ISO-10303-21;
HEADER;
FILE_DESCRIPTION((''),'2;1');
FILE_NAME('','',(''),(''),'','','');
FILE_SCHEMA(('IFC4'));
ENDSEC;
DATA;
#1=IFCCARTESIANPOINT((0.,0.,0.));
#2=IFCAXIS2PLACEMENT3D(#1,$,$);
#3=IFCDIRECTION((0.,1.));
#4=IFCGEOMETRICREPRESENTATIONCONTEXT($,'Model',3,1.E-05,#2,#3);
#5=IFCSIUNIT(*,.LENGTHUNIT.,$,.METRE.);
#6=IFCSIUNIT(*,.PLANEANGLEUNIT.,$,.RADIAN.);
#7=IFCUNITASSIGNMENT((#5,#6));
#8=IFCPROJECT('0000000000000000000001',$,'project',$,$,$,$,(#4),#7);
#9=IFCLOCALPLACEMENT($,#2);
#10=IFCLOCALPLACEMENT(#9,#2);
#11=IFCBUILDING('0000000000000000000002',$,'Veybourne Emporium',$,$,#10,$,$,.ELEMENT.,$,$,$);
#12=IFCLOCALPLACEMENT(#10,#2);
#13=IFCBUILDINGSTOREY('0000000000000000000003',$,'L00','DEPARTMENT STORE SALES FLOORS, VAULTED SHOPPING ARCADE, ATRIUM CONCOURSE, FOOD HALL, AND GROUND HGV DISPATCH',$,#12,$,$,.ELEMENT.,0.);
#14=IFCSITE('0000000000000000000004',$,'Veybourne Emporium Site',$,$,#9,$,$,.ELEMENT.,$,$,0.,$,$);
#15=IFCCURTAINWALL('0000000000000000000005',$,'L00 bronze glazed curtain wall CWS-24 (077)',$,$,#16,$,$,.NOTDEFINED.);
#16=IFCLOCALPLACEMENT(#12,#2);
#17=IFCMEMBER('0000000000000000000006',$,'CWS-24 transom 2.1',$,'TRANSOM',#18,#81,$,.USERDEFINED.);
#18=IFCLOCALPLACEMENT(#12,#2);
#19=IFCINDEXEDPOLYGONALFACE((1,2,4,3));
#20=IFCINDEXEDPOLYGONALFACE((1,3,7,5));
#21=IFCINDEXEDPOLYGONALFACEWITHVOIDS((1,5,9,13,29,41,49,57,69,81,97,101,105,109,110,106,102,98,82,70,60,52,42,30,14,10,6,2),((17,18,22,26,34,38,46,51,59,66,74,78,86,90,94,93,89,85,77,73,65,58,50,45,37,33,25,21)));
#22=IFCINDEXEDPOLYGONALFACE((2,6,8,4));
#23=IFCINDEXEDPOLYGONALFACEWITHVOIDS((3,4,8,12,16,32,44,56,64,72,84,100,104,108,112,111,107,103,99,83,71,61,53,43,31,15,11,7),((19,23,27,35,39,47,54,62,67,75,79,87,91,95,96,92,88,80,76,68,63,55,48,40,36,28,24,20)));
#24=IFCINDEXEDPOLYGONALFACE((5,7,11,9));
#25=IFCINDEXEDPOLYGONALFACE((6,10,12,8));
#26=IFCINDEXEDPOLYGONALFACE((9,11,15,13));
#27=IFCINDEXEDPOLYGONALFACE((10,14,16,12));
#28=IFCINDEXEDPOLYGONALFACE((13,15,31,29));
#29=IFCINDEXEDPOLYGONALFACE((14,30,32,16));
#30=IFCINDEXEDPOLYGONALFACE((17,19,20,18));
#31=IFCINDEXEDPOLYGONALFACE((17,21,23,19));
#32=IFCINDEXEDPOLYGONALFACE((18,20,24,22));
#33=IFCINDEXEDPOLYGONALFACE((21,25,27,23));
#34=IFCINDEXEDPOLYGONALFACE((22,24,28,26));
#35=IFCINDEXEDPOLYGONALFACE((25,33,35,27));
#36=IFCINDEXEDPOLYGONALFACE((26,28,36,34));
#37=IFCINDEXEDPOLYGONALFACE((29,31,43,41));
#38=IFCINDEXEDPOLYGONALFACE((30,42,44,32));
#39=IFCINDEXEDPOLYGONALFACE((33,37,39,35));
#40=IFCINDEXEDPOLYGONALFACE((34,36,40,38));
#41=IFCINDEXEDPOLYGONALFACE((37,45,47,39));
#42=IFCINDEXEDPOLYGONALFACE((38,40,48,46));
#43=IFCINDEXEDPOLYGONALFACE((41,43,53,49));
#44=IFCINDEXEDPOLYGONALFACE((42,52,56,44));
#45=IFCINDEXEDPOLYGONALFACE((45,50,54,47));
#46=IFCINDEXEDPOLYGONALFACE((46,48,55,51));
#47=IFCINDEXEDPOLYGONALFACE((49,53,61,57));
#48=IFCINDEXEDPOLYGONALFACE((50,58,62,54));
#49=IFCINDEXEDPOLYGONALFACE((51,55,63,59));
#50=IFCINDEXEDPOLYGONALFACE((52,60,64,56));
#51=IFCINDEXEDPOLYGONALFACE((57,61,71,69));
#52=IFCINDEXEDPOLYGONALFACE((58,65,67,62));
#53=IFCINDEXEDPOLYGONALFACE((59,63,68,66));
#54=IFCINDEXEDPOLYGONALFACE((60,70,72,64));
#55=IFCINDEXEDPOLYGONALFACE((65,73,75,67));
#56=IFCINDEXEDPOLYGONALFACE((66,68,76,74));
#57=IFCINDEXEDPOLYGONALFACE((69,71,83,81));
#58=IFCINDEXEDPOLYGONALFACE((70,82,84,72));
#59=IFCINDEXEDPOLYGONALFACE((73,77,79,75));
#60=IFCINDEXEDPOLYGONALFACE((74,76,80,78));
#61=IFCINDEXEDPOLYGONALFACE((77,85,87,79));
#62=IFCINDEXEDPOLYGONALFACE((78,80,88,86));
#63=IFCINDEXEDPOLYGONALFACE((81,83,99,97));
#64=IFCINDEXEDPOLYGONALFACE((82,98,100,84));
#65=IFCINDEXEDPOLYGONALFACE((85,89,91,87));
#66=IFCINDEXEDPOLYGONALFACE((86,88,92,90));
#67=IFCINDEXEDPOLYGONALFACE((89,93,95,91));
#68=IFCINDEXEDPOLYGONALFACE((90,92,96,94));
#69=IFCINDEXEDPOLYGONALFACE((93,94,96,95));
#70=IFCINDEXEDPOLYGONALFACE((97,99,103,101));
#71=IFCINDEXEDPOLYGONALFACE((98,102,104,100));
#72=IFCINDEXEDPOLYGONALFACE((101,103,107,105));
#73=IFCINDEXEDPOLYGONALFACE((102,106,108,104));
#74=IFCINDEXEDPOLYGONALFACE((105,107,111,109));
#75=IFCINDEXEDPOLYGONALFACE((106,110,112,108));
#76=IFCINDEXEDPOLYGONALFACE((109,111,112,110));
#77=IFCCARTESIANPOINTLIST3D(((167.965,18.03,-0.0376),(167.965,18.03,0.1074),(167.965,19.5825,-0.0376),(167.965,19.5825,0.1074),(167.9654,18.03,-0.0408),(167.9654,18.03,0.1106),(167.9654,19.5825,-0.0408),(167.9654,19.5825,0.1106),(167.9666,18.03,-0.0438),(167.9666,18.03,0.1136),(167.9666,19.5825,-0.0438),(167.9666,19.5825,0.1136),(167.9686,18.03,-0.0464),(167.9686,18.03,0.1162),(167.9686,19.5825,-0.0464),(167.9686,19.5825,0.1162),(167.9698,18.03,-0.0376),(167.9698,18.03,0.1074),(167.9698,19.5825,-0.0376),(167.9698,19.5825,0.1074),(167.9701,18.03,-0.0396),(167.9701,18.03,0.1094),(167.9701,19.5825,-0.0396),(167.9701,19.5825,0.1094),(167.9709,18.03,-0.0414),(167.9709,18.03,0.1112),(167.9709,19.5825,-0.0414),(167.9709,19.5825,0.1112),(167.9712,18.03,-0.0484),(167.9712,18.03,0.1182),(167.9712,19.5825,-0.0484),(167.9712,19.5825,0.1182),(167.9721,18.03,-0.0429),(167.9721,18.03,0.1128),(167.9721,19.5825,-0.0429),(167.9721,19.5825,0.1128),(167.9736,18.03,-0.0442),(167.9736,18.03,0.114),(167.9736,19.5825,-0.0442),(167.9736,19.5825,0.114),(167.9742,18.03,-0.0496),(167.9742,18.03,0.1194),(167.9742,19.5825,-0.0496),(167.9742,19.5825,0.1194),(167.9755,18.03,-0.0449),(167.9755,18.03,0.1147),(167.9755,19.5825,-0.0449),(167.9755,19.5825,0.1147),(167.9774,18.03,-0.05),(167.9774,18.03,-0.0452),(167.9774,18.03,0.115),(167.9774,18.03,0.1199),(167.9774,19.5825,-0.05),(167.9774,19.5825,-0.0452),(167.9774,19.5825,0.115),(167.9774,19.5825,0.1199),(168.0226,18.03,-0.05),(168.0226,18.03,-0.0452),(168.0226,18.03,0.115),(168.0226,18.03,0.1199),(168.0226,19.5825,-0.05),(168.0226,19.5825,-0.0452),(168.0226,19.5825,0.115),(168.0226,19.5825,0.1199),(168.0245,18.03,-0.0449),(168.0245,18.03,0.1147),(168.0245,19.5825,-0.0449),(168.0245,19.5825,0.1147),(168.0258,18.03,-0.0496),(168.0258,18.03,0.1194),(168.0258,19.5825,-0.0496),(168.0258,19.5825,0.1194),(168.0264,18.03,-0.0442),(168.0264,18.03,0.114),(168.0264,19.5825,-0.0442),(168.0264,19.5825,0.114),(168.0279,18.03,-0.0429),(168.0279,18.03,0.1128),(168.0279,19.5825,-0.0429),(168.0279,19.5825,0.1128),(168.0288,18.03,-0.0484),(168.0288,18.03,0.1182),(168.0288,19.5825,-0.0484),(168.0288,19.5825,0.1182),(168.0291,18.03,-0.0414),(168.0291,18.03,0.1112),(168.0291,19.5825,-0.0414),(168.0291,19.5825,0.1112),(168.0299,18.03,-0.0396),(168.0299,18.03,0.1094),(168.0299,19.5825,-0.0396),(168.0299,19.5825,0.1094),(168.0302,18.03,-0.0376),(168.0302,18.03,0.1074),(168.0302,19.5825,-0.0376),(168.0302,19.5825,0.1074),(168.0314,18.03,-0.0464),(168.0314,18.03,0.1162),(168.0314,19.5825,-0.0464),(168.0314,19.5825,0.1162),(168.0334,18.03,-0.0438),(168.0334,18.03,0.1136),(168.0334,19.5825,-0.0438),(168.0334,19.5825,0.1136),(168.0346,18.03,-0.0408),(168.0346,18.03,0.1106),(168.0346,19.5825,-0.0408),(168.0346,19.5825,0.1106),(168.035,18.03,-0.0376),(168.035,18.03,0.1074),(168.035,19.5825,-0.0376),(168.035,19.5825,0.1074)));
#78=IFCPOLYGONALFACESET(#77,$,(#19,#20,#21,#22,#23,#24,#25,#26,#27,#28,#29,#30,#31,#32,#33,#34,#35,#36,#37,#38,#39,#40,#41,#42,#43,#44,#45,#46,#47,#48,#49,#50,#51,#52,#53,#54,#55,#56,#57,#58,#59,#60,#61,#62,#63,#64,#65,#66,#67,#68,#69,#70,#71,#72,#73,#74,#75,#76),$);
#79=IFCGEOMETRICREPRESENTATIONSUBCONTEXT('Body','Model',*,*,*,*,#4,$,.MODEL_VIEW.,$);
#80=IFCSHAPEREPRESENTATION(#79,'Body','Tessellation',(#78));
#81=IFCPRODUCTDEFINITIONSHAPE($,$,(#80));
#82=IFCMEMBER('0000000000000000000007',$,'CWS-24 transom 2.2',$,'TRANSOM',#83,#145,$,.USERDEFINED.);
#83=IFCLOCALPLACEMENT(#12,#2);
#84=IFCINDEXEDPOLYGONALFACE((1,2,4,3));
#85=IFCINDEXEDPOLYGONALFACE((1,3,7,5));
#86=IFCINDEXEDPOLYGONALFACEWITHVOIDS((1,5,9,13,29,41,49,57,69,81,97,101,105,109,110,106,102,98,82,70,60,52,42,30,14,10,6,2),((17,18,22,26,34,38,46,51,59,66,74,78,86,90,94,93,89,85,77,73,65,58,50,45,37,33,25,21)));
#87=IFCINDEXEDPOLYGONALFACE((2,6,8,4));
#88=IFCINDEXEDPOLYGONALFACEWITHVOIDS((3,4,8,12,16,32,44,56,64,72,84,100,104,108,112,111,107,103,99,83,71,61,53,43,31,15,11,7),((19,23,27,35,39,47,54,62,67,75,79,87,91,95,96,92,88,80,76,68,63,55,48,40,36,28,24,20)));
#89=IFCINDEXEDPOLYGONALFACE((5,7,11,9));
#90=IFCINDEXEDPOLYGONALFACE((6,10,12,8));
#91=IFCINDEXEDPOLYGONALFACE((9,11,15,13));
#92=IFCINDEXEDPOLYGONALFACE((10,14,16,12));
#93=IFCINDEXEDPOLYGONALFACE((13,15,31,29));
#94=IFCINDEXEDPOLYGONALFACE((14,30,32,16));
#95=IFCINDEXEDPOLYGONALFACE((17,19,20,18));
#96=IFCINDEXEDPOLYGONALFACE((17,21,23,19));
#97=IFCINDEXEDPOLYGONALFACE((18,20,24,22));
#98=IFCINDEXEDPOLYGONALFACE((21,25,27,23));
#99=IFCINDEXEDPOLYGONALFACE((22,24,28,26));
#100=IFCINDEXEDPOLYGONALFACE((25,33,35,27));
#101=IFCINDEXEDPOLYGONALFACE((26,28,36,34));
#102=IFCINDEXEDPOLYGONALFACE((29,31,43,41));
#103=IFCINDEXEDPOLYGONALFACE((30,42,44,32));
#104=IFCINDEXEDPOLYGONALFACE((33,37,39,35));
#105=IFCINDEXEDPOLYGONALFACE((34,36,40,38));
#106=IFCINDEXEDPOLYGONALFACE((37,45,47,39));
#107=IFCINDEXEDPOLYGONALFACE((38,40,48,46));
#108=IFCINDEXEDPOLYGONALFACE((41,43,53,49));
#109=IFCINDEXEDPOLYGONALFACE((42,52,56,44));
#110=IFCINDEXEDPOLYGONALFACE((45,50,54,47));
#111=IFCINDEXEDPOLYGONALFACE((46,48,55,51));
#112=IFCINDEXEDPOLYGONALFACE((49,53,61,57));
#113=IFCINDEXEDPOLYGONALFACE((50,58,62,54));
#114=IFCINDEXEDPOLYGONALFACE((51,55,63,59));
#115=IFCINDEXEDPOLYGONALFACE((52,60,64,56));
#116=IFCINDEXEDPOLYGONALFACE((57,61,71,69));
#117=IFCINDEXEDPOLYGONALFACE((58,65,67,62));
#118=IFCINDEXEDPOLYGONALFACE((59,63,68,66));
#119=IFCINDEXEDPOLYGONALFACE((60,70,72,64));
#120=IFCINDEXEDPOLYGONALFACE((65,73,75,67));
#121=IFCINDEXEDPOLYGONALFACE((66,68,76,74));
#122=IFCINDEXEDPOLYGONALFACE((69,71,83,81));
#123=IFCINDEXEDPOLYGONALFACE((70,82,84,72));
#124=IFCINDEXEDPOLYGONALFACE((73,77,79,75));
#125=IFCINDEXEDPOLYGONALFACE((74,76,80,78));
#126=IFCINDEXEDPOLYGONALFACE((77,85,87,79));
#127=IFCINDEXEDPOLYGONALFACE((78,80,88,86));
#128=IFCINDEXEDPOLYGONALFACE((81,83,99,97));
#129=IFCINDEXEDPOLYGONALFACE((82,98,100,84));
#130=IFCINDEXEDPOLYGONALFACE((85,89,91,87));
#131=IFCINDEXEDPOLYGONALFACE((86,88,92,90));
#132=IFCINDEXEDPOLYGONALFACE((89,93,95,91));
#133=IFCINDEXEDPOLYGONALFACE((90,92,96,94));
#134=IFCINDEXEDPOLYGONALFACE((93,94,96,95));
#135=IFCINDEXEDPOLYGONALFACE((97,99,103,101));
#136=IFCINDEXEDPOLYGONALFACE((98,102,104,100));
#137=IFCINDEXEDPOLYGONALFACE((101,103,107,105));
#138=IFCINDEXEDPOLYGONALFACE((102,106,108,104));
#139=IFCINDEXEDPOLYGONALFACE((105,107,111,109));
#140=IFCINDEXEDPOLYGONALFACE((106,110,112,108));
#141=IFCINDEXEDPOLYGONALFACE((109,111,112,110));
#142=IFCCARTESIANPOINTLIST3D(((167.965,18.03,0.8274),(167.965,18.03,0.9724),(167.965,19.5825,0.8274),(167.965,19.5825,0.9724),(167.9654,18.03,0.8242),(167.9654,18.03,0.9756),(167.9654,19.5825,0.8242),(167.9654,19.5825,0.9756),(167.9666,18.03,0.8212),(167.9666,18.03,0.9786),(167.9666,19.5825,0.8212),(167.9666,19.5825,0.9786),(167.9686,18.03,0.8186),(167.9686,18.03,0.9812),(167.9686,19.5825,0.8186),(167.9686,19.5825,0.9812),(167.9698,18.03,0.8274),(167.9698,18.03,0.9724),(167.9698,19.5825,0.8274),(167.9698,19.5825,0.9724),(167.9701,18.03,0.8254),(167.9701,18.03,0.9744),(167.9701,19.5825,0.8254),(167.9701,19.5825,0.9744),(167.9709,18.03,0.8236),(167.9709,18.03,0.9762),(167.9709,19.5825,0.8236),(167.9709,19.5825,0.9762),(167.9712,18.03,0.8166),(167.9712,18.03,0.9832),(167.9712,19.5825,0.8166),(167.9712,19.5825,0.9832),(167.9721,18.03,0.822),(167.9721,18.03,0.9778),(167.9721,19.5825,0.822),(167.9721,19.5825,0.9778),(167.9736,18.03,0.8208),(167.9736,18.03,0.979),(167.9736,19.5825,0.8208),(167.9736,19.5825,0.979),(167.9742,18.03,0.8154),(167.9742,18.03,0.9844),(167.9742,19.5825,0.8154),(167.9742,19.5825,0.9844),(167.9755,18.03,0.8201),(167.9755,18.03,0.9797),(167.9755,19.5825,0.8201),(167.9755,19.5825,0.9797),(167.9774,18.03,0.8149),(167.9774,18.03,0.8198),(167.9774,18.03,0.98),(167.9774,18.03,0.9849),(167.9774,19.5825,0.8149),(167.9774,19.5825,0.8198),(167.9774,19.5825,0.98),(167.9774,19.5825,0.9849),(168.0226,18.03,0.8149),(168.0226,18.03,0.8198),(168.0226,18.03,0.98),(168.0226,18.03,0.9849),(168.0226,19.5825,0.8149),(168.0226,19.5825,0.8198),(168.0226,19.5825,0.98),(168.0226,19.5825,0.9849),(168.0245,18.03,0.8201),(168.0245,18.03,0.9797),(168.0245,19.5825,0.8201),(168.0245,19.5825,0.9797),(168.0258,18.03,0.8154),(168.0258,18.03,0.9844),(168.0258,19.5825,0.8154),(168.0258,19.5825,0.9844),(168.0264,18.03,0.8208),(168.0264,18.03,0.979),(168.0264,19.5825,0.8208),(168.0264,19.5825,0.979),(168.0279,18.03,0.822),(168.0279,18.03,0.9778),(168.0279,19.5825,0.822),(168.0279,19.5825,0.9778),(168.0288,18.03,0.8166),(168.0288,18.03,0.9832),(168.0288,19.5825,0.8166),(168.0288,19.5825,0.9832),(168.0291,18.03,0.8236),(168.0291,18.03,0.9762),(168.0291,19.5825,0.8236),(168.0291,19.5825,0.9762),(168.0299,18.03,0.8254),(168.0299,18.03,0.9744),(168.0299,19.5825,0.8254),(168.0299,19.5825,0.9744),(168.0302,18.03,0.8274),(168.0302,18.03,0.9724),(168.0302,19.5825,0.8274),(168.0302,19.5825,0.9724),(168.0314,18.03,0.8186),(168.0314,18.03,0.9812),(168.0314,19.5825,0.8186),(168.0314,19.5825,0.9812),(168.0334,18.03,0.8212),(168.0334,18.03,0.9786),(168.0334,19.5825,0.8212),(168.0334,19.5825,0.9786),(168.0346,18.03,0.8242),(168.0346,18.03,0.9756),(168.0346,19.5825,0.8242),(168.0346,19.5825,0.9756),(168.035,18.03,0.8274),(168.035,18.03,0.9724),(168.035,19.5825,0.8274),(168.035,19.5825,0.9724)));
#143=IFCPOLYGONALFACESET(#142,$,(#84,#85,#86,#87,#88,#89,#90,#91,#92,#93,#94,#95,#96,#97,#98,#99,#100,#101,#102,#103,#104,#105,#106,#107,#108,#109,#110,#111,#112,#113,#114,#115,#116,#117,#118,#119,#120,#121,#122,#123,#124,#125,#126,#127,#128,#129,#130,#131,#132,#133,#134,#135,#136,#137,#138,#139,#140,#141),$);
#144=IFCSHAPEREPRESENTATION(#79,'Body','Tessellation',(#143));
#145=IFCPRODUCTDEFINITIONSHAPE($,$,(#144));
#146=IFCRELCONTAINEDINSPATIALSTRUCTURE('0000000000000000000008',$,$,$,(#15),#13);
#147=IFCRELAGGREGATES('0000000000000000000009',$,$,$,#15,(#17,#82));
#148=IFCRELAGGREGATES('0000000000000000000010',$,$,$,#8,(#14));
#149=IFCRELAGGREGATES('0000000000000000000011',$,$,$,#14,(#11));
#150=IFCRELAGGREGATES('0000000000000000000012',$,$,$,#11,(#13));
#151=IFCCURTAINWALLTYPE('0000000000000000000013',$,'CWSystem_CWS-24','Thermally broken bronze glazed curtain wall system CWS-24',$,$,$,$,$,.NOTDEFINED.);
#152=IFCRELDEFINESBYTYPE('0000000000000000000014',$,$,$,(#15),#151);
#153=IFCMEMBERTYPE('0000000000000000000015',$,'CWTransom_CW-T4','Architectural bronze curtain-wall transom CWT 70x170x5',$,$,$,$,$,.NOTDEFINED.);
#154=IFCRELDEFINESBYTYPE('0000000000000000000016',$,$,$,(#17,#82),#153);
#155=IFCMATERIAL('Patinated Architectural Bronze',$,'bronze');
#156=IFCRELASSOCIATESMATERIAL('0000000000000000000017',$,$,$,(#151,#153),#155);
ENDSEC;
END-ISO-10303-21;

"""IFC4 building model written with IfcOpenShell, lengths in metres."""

from ifc_helpers import new_model, si_unit, direction, frame, origin, origin_2d, place, context, subcontext, project, spatial, hollow_rectangle, extrude, material, material_profile, profile_set, type_object, element, aggregate, save


model = new_model("IFC4")

# Units and contexts
model_context = context("Model", 3, precision=1e-05, world=origin(), true_north=direction((0.0, 1.0)))
body_context = subcontext(model_context, "Body", "Model", "MODEL_VIEW")
ifc_project = project(units=[si_unit("LENGTHUNIT", "METRE"), si_unit("PLANEANGLEUNIT", "RADIAN")], contexts=[model_context])

# Site, building, storey
site_placement = place(None, origin())
site = spatial("IfcSite", under=ifc_project, at=site_placement, Name="Veybourne Emporium Site", CompositionType="ELEMENT", RefElevation=0.0)
building_placement = place(site_placement, origin())
building = spatial("IfcBuilding", under=site, at=building_placement, Name="Veybourne Emporium", CompositionType="ELEMENT")
storey_placement = place(building_placement, origin())
storey = spatial("IfcBuildingStorey", under=building, at=storey_placement, Name="L00", Description="DEPARTMENT STORE SALES FLOORS, VAULTED SHOPPING ARCADE, ATRIUM CONCOURSE, FOOD HALL, AND GROUND HGV DISPATCH", CompositionType="ELEMENT", Elevation=0.0)

# Curtain wall
ifc_material_1 = material(Name="Patinated Architectural Bronze", Category="bronze")
curtain_wall_type_1 = type_object("IfcCurtainWallType", Name="CWSystem_CWS-24", Description="Thermally broken bronze glazed curtain wall system CWS-24", PredefinedType="NOTDEFINED", material=ifc_material_1)
curtain_wall_1_placement = place(storey_placement, origin())
curtain_wall_1 = element("IfcCurtainWall", 1, at=curtain_wall_1_placement, inside=storey, type_object=curtain_wall_type_1, Name="L00 bronze glazed curtain wall CWS-24 (077)", PredefinedType="NOTDEFINED")

# Members
ifc_material_profile_1 = material_profile(ifc_material_1, hollow_rectangle(XDim=0.0701, YDim=0.1699, WallThickness=0.0049, InnerFilletRadius=0.0076, OuterFilletRadius=0.0125, at=origin_2d()), Name="CWT 70x170x5")
ifc_profile_set_1 = profile_set([ifc_material_profile_1], Name="Patinated Architectural Bronze")
member_type_1 = type_object("IfcMemberType", Name="CWTransom_CW-T4", Description="Architectural bronze curtain-wall transom CWT 70x170x5", PredefinedType="NOTDEFINED", material=ifc_profile_set_1)
member_1_placement = place(storey_placement, frame((168.0, 19.5825, 0.0349), z_axis=(0.0, -1.0, 0.0), x_axis=(1.0, 0.0, 0.0)))
member_1 = element("IfcMember", 2, at=member_1_placement, type_object=member_type_1, Name="CWS-24 transom 2.1", ObjectType="TRANSOM", PredefinedType="USERDEFINED", context=body_context, shape_type="SweptSolid", body=[
    extrude(hollow_rectangle(XDim=0.0701, YDim=0.1699, WallThickness=0.0049, InnerFilletRadius=0.0076, OuterFilletRadius=0.0125, at=origin_2d()), origin(), (0.0, 0.0, 1.0), 1.5525),
])
member_2_placement = place(storey_placement, frame((168.0, 19.5825, 0.8999), z_axis=(0.0, -1.0, 0.0), x_axis=(1.0, 0.0, 0.0)))
member_2 = element("IfcMember", 3, at=member_2_placement, type_object=member_type_1, Name="CWS-24 transom 2.2", ObjectType="TRANSOM", PredefinedType="USERDEFINED", context=body_context, shape_type="SweptSolid", body=[
    extrude(hollow_rectangle(XDim=0.0701, YDim=0.1699, WallThickness=0.0049, InnerFilletRadius=0.0076, OuterFilletRadius=0.0125, at=origin_2d()), origin(), (0.0, 0.0, 1.0), 1.5525),
])

aggregate(curtain_wall_1, [member_1, member_2])

save(model, "model.ifc")
